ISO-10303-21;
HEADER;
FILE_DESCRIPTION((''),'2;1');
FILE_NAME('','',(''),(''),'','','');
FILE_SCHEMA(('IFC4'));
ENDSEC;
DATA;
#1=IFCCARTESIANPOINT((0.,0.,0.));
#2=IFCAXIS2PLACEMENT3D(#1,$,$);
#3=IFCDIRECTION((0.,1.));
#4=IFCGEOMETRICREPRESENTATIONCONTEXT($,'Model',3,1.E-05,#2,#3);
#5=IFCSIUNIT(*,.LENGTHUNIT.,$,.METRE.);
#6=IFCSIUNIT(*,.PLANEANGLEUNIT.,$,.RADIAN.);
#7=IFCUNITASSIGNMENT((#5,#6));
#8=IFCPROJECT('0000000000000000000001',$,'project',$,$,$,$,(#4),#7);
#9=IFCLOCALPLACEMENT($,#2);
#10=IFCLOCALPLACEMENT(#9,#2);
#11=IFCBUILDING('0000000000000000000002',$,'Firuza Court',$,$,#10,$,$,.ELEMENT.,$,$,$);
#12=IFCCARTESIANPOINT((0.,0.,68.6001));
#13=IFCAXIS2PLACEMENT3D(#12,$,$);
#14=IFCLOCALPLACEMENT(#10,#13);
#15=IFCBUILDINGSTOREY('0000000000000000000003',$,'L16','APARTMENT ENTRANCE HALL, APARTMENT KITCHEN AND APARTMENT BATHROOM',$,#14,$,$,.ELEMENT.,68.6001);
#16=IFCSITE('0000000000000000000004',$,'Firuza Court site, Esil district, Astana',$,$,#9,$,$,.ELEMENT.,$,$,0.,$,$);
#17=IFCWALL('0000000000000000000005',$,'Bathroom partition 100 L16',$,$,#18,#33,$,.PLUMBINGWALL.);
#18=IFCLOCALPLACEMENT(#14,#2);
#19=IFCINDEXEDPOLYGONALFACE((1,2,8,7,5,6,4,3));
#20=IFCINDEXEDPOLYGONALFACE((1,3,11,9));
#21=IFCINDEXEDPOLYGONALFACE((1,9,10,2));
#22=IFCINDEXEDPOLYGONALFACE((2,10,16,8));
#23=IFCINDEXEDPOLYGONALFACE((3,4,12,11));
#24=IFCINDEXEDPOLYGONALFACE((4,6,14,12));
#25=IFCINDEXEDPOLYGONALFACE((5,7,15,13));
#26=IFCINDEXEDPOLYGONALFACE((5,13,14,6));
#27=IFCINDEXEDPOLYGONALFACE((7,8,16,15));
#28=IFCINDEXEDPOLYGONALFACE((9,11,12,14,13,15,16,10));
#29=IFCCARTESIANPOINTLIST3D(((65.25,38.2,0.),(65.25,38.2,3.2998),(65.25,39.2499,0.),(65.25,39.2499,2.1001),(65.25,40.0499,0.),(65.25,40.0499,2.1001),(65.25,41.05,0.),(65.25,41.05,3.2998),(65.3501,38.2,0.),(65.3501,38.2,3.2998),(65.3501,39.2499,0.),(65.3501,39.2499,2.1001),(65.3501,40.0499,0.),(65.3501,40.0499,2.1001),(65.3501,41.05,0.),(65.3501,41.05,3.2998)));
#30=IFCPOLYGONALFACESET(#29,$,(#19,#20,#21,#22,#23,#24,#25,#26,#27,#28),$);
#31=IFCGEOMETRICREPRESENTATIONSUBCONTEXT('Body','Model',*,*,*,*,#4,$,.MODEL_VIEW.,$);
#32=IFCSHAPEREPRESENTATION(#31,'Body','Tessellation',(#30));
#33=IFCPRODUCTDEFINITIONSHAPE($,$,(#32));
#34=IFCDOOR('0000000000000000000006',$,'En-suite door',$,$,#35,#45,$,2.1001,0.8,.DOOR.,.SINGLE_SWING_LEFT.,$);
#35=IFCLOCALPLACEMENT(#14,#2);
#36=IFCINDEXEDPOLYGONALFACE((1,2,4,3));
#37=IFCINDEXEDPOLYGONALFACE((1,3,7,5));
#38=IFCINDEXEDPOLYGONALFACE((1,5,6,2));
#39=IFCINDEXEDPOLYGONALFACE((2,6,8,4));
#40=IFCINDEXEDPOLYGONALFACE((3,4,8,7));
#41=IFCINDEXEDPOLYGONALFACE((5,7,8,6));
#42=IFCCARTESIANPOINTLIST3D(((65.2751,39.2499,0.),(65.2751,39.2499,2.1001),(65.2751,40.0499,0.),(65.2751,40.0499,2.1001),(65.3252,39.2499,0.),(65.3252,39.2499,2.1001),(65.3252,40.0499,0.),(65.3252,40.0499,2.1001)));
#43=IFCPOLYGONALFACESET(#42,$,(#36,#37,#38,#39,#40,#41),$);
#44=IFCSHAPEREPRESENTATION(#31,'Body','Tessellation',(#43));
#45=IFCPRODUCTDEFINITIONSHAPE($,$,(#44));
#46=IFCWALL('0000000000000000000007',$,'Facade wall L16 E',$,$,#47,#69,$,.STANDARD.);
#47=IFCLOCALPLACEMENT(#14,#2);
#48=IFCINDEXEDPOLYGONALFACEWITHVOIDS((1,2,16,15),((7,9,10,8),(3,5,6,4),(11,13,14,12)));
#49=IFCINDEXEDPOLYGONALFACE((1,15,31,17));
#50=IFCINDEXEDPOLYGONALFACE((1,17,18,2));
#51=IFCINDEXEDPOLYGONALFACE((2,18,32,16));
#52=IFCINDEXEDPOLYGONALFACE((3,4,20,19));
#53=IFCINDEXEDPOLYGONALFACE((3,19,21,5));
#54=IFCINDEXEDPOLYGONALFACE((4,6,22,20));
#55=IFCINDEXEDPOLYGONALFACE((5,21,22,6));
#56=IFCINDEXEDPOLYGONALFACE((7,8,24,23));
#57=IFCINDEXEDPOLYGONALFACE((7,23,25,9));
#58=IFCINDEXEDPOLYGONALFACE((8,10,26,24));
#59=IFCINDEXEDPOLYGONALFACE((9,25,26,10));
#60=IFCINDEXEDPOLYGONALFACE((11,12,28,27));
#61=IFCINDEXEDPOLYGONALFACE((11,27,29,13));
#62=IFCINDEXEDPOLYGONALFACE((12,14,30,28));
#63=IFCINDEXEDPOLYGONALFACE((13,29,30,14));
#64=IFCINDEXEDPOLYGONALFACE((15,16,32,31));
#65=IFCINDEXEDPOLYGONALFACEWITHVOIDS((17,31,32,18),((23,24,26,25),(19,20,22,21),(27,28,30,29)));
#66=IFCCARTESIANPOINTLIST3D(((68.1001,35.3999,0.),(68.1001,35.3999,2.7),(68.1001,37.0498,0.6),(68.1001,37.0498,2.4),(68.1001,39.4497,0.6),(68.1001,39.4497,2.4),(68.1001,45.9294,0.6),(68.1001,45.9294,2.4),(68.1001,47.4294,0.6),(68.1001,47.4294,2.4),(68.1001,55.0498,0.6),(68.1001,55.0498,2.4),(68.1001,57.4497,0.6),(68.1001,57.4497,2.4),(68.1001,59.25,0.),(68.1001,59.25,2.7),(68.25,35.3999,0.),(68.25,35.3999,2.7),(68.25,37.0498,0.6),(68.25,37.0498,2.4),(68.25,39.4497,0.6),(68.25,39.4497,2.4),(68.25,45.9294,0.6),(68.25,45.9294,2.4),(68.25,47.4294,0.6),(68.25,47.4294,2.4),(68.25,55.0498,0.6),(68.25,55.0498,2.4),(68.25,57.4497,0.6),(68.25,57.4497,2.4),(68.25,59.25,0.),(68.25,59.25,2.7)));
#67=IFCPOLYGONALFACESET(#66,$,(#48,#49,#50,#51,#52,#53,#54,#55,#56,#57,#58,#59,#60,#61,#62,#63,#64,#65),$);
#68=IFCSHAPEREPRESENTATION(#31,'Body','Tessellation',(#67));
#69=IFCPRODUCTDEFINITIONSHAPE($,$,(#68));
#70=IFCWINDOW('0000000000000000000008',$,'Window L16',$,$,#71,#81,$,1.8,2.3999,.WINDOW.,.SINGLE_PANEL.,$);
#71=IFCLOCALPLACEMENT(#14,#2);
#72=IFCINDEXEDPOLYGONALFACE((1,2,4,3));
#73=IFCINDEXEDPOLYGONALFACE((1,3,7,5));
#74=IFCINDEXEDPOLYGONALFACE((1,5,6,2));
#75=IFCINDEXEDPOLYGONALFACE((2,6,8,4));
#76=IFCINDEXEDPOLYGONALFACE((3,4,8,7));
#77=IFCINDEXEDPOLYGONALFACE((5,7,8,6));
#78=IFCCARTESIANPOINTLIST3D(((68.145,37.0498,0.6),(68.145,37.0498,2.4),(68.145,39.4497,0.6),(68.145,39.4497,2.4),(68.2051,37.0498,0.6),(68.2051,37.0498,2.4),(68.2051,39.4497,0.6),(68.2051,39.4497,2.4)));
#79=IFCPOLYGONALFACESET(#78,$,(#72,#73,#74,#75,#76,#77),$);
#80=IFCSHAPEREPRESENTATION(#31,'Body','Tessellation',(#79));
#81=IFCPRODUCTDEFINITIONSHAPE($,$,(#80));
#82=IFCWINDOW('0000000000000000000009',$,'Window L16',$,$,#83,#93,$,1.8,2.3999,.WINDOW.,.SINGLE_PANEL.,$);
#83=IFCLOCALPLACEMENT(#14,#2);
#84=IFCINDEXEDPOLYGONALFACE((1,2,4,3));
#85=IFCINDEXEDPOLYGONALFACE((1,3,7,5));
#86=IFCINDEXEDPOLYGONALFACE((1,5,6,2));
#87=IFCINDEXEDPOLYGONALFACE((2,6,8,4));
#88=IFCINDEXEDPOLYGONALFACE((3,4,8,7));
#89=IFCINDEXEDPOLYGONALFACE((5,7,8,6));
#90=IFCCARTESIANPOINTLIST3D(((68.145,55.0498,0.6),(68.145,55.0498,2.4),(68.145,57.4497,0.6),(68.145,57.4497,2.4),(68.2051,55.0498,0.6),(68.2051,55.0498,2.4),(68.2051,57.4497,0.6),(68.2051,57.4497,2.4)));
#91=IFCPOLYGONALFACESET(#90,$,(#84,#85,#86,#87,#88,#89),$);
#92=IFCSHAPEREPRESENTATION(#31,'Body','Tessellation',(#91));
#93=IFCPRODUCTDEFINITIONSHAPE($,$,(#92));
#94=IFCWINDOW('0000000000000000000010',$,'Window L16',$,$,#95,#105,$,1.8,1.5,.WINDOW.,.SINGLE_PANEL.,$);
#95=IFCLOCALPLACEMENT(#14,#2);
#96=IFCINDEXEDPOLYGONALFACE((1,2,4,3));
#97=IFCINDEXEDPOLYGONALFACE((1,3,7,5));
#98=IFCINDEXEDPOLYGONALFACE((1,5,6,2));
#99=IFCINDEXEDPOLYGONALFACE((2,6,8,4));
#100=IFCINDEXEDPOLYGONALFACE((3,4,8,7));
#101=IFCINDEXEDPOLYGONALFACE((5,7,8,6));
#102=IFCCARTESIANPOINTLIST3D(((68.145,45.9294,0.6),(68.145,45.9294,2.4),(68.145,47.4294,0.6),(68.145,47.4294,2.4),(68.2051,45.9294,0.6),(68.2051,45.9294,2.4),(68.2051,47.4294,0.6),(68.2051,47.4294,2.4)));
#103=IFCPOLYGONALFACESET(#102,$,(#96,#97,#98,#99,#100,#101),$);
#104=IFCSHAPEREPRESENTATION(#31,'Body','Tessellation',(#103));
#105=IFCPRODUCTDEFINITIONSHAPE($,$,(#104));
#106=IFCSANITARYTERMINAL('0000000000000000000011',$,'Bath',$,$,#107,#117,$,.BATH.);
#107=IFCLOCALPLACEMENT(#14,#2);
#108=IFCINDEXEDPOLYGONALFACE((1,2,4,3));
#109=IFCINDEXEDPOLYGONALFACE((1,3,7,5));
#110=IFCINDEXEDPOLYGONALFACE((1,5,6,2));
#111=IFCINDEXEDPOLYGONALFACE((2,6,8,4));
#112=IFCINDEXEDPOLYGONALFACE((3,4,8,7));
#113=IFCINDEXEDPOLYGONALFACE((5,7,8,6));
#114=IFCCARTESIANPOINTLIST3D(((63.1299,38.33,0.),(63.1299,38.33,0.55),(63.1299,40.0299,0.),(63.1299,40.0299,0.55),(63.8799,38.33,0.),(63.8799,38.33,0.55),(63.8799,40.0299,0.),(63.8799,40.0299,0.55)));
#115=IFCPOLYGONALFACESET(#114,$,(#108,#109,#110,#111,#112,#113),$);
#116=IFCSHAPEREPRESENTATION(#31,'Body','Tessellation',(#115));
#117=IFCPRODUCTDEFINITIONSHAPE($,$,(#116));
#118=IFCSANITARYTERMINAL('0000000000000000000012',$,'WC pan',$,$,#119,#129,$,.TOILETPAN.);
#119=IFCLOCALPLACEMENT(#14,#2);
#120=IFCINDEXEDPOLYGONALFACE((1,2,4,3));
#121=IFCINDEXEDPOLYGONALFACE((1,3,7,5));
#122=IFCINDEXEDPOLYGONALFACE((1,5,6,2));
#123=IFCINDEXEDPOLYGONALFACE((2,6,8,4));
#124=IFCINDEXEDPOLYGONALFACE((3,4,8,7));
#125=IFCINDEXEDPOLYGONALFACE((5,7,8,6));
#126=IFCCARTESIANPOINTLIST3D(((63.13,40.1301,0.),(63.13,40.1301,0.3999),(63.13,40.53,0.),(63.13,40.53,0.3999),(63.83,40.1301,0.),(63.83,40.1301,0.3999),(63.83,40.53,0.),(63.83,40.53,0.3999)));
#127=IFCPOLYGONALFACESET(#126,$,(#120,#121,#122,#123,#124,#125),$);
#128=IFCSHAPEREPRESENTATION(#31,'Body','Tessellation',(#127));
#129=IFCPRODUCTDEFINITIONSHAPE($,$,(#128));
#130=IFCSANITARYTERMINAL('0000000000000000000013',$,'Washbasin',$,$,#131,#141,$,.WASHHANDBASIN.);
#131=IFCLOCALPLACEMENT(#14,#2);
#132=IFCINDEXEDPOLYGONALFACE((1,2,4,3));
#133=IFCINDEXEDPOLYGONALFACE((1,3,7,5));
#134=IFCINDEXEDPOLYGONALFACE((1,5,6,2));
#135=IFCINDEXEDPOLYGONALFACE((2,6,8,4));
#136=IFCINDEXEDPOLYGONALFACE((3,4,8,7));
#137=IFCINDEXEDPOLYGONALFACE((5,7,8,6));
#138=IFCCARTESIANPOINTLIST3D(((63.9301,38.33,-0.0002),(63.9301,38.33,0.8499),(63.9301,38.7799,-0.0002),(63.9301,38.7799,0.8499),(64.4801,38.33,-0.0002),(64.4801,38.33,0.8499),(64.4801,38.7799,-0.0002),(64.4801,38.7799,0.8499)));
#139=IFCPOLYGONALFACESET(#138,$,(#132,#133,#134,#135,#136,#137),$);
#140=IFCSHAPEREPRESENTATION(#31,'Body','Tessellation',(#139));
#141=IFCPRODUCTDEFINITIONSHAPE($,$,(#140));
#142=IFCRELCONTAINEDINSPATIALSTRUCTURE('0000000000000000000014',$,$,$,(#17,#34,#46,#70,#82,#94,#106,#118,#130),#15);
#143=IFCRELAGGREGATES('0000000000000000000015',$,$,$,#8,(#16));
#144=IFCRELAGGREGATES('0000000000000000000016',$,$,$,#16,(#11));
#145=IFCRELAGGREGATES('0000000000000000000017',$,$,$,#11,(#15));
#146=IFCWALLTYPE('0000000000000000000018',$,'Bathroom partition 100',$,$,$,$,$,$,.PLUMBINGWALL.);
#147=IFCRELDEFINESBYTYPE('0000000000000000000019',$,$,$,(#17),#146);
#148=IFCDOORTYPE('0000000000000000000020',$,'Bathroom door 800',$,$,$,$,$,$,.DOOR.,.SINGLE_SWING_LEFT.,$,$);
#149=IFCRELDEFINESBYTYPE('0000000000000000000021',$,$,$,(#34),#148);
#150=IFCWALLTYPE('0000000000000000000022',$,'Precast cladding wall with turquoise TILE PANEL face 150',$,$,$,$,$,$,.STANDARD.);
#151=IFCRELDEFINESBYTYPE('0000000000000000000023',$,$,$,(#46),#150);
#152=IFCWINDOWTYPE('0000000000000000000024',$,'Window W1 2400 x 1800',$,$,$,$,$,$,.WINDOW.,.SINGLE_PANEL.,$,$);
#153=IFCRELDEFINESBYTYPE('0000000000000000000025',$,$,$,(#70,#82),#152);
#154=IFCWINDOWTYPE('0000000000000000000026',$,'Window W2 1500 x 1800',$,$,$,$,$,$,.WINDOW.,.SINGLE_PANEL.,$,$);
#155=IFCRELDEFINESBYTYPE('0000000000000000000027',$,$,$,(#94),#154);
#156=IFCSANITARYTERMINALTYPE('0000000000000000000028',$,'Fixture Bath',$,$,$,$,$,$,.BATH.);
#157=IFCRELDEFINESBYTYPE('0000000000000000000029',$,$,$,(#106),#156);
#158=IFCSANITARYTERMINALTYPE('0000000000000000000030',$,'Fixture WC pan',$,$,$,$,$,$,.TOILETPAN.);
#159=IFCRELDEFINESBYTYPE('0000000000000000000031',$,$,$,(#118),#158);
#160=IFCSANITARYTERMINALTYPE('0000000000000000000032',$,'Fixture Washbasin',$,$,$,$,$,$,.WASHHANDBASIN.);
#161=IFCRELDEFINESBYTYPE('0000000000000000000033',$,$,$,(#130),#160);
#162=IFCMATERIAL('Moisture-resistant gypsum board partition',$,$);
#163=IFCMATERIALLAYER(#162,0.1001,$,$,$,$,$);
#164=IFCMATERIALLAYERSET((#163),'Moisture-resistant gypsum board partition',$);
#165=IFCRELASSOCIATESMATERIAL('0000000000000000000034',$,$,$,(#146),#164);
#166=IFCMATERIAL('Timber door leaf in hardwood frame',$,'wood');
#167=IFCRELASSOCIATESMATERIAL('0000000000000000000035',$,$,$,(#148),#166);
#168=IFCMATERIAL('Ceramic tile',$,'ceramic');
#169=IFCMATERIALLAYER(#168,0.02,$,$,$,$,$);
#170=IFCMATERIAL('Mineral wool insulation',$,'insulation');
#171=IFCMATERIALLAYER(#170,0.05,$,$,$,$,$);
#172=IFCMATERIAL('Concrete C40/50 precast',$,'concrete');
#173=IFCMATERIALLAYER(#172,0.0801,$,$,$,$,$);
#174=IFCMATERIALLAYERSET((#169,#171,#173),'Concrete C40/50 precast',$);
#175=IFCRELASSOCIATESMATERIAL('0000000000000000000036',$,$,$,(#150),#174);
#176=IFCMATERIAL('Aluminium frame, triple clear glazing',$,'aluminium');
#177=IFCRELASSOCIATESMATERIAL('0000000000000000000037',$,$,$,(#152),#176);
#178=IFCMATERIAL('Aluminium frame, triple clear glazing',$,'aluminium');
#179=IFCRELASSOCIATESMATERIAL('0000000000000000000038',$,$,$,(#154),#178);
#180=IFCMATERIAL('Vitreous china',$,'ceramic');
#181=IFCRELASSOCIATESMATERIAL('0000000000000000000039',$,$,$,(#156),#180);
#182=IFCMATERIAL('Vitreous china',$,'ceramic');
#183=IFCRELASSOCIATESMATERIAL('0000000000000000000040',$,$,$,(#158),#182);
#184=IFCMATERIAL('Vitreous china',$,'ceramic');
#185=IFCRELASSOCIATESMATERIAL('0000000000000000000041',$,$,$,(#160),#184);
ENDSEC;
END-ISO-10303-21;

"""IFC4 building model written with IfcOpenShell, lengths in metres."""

from ifc_helpers import new_model, si_unit, direction, frame, frame_2d, origin, origin_2d, place, context, subcontext, project, spatial, rectangle, extrude, material, layer, layer_set, type_object, element, fill, save


model = new_model("IFC4")

# Units and contexts
model_context = context("Model", 3, precision=1e-05, world=origin(), true_north=direction((0.0, 1.0)))
body_context = subcontext(model_context, "Body", "Model", "MODEL_VIEW")
ifc_project = project(units=[si_unit("LENGTHUNIT", "METRE"), si_unit("PLANEANGLEUNIT", "RADIAN")], contexts=[model_context])

# Site, building, storey
site_placement = place(None, origin())
site = spatial("IfcSite", under=ifc_project, at=site_placement, Name="Firuza Court site, Esil district, Astana", CompositionType="ELEMENT", RefElevation=0.0)
building_placement = place(site_placement, origin())
building = spatial("IfcBuilding", under=site, at=building_placement, Name="Firuza Court", CompositionType="ELEMENT")
storey_placement = place(building_placement, frame((0.0, 0.0, 68.6001)))
storey = spatial("IfcBuildingStorey", under=building, at=storey_placement, Name="L16", Description="APARTMENT ENTRANCE HALL, APARTMENT KITCHEN AND APARTMENT BATHROOM", CompositionType="ELEMENT", Elevation=68.6001)

# Wall, opening, door
ifc_material_1 = material(Name="Moisture-resistant gypsum board partition")
ifc_layer_1 = layer(ifc_material_1, 0.1001)
ifc_layer_set_1 = layer_set([ifc_layer_1], Name="Moisture-resistant gypsum board partition")
wall_type_1 = type_object("IfcWallType", Name="Bathroom partition 100", PredefinedType="PLUMBINGWALL", material=ifc_layer_set_1)
wall_1_placement = place(storey_placement, frame((65.3, 38.2, 0.0), z_axis=(0.0, 0.0, 1.0), x_axis=(0.0, 1.0, 0.0)))
wall_1 = element("IfcWall", 1, at=wall_1_placement, inside=storey, type_object=wall_type_1, Name="Bathroom partition 100 L16", PredefinedType="PLUMBINGWALL", context=body_context, shape_type="SweptSolid", body=[
    extrude(rectangle(XDim=2.8501, YDim=0.1001, at=frame_2d((1.425, 0.0))), origin(), (0.0, 0.0, 1.0), 3.2998),
])
opening_1_placement = place(wall_1_placement, frame((1.05, 0.0, 0.0)))
opening_1 = element("IfcOpeningElement", 2, at=opening_1_placement, cuts=wall_1, PredefinedType="OPENING", context=body_context, shape_type="SweptSolid", body=[
    extrude(rectangle(XDim=0.8, YDim=2.1001, at=frame_2d((0.3999, 1.05))), frame((0.0, 0.062, 0.0), z_axis=(0.0, -1.0, 0.0), x_axis=(1.0, 0.0, 0.0)), (0.0, 0.0, 1.0), 0.124),
])
ifc_material_2 = material(Name="Timber door leaf in hardwood frame", Category="wood")
door_type = type_object("IfcDoorType", Name="Bathroom door 800", OperationType="SINGLE_SWING_LEFT", PredefinedType="DOOR", material=ifc_material_2)
door_placement = place(opening_1_placement, origin())
door = element("IfcDoor", 3, at=door_placement, inside=storey, type_object=door_type, Name="En-suite door", OperationType="SINGLE_SWING_LEFT", OverallHeight=2.1001, OverallWidth=0.8, PredefinedType="DOOR", context=body_context, shape_type="SweptSolid", body=[
    extrude(rectangle(XDim=0.8, YDim=2.1001, at=frame_2d((0.3999, 1.05))), frame((0.0, 0.0249, 0.0), z_axis=(0.0, -1.0, 0.0), x_axis=(1.0, 0.0, 0.0)), (0.0, 0.0, 1.0), 0.05),
])
fill(opening_1, door)

# Wall, openings, windows
ifc_material_3 = material(Name="Ceramic tile", Category="ceramic")
ifc_layer_2 = layer(ifc_material_3, 0.02)
ifc_material_4 = material(Name="Mineral wool insulation", Category="insulation")
ifc_layer_3 = layer(ifc_material_4, 0.05)
ifc_material_5 = material(Name="Concrete C40/50 precast", Category="concrete")
ifc_layer_4 = layer(ifc_material_5, 0.0801)
ifc_layer_set_2 = layer_set([ifc_layer_2, ifc_layer_3, ifc_layer_4], Name="Concrete C40/50 precast")
wall_type_2 = type_object("IfcWallType", Name="Precast cladding wall with turquoise TILE PANEL face 150", PredefinedType="STANDARD", material=ifc_layer_set_2)
wall_2_placement = place(storey_placement, frame((68.175, 35.3999, 0.0), z_axis=(0.0, 0.0, 1.0), x_axis=(0.0, 1.0, 0.0)))
wall_2 = element("IfcWall", 4, at=wall_2_placement, inside=storey, type_object=wall_type_2, Name="Facade wall L16 E", PredefinedType="STANDARD", context=body_context, shape_type="SweptSolid", body=[
    extrude(rectangle(XDim=23.8501, YDim=0.1499, at=frame_2d((11.925, 0.0))), origin(), (0.0, 0.0, 1.0), 2.7),
])
opening_2_placement = place(wall_2_placement, frame((1.6499, 0.0, 0.6001)))
opening_2 = element("IfcOpeningElement", 5, at=opening_2_placement, cuts=wall_2, PredefinedType="OPENING", context=body_context, shape_type="SweptSolid", body=[
    extrude(rectangle(XDim=2.3999, YDim=1.8, at=frame_2d((1.2, 0.8999))), frame((0.0, 0.0869, 0.0), z_axis=(0.0, -1.0, 0.0), x_axis=(1.0, 0.0, 0.0)), (0.0, 0.0, 1.0), 0.1738),
])
opening_3_placement = place(wall_2_placement, frame((10.5295, 0.0, 0.6001)))
opening_3 = element("IfcOpeningElement", 6, at=opening_3_placement, cuts=wall_2, PredefinedType="OPENING", context=body_context, shape_type="SweptSolid", body=[
    extrude(rectangle(XDim=1.5, YDim=1.8, at=frame_2d((0.75, 0.8999))), frame((0.0, 0.0869, 0.0), z_axis=(0.0, -1.0, 0.0), x_axis=(1.0, 0.0, 0.0)), (0.0, 0.0, 1.0), 0.1738),
])
opening_4_placement = place(wall_2_placement, frame((19.6499, 0.0, 0.6001)))
opening_4 = element("IfcOpeningElement", 7, at=opening_4_placement, cuts=wall_2, PredefinedType="OPENING", context=body_context, shape_type="SweptSolid", body=[
    extrude(rectangle(XDim=2.3999, YDim=1.8, at=frame_2d((1.2, 0.8999))), frame((0.0, 0.0869, 0.0), z_axis=(0.0, -1.0, 0.0), x_axis=(1.0, 0.0, 0.0)), (0.0, 0.0, 1.0), 0.1738),
])
ifc_material_6 = material(Name="Aluminium frame, triple clear glazing", Category="aluminium")
window_type_1 = type_object("IfcWindowType", Name="Window W1 2400 x 1800", PartitioningType="SINGLE_PANEL", PredefinedType="WINDOW", material=ifc_material_6)
window_1_placement = place(opening_2_placement, origin())
window_1 = element("IfcWindow", 8, at=window_1_placement, inside=storey, type_object=window_type_1, Name="Window L16", OverallHeight=1.8, OverallWidth=2.3999, PartitioningType="SINGLE_PANEL", PredefinedType="WINDOW", context=body_context, shape_type="SweptSolid", body=[
    extrude(rectangle(XDim=2.3999, YDim=1.8, at=frame_2d((1.2, 0.8999))), frame((0.0, 0.03, 0.0), z_axis=(0.0, -1.0, 0.0), x_axis=(1.0, 0.0, 0.0)), (0.0, 0.0, 1.0), 0.0601),
])
fill(opening_2, window_1)
window_2_placement = place(opening_4_placement, origin())
window_2 = element("IfcWindow", 9, at=window_2_placement, inside=storey, type_object=window_type_1, Name="Window L16", OverallHeight=1.8, OverallWidth=2.3999, PartitioningType="SINGLE_PANEL", PredefinedType="WINDOW", context=body_context, shape_type="SweptSolid", body=[
    extrude(rectangle(XDim=2.3999, YDim=1.8, at=frame_2d((1.2, 0.8999))), frame((0.0, 0.03, 0.0), z_axis=(0.0, -1.0, 0.0), x_axis=(1.0, 0.0, 0.0)), (0.0, 0.0, 1.0), 0.0601),
])
fill(opening_4, window_2)
ifc_material_7 = material(Name="Aluminium frame, triple clear glazing", Category="aluminium")
window_type_2 = type_object("IfcWindowType", Name="Window W2 1500 x 1800", PartitioningType="SINGLE_PANEL", PredefinedType="WINDOW", material=ifc_material_7)
window_3_placement = place(opening_3_placement, origin())
window_3 = element("IfcWindow", 10, at=window_3_placement, inside=storey, type_object=window_type_2, Name="Window L16", OverallHeight=1.8, OverallWidth=1.5, PartitioningType="SINGLE_PANEL", PredefinedType="WINDOW", context=body_context, shape_type="SweptSolid", body=[
    extrude(rectangle(XDim=1.5, YDim=1.8, at=frame_2d((0.75, 0.8999))), frame((0.0, 0.03, 0.0), z_axis=(0.0, -1.0, 0.0), x_axis=(1.0, 0.0, 0.0)), (0.0, 0.0, 1.0), 0.0601),
])
fill(opening_3, window_3)

# Sanitary terminals
ifc_material_8 = material(Name="Vitreous china", Category="ceramic")
sanitary_terminal_type_1 = type_object("IfcSanitaryTerminalType", Name="Fixture Bath", PredefinedType="BATH", material=ifc_material_8)
sanitary_terminal_1_placement = place(storey_placement, frame((63.5049, 39.1799, 0.0), z_axis=(0.0, 0.0, 1.0), x_axis=(1.0, 0.0, 0.0)))
element("IfcSanitaryTerminal", 11, at=sanitary_terminal_1_placement, inside=storey, type_object=sanitary_terminal_type_1, Name="Bath", PredefinedType="BATH", context=body_context, shape_type="SweptSolid", body=[
    extrude(rectangle(XDim=0.75, YDim=1.7, at=origin_2d()), origin(), (0.0, 0.0, 1.0), 0.55),
])
ifc_material_9 = material(Name="Vitreous china", Category="ceramic")
sanitary_terminal_type_2 = type_object("IfcSanitaryTerminalType", Name="Fixture WC pan", PredefinedType="TOILETPAN", material=ifc_material_9)
sanitary_terminal_2_placement = place(storey_placement, frame((63.48, 40.3301, 0.0), z_axis=(0.0, 0.0, 1.0), x_axis=(1.0, 0.0, 0.0)))
element("IfcSanitaryTerminal", 12, at=sanitary_terminal_2_placement, inside=storey, type_object=sanitary_terminal_type_2, Name="WC pan", PredefinedType="TOILETPAN", context=body_context, shape_type="SweptSolid", body=[
    extrude(rectangle(XDim=0.7, YDim=0.3999, at=origin_2d()), origin(), (0.0, 0.0, 1.0), 0.3999),
])
ifc_material_10 = material(Name="Vitreous china", Category="ceramic")
sanitary_terminal_type_3 = type_object("IfcSanitaryTerminalType", Name="Fixture Washbasin", PredefinedType="WASHHANDBASIN", material=ifc_material_10)
sanitary_terminal_3_placement = place(storey_placement, frame((64.2051, 38.5549, -0.0002), z_axis=(0.0, 0.0, 1.0), x_axis=(1.0, 0.0, 0.0)))
element("IfcSanitaryTerminal", 13, at=sanitary_terminal_3_placement, inside=storey, type_object=sanitary_terminal_type_3, Name="Washbasin", PredefinedType="WASHHANDBASIN", context=body_context, shape_type="SweptSolid", body=[
    extrude(rectangle(XDim=0.55, YDim=0.45, at=origin_2d()), origin(), (0.0, 0.0, 1.0), 0.8501),
])

save(model, "model.ifc")
